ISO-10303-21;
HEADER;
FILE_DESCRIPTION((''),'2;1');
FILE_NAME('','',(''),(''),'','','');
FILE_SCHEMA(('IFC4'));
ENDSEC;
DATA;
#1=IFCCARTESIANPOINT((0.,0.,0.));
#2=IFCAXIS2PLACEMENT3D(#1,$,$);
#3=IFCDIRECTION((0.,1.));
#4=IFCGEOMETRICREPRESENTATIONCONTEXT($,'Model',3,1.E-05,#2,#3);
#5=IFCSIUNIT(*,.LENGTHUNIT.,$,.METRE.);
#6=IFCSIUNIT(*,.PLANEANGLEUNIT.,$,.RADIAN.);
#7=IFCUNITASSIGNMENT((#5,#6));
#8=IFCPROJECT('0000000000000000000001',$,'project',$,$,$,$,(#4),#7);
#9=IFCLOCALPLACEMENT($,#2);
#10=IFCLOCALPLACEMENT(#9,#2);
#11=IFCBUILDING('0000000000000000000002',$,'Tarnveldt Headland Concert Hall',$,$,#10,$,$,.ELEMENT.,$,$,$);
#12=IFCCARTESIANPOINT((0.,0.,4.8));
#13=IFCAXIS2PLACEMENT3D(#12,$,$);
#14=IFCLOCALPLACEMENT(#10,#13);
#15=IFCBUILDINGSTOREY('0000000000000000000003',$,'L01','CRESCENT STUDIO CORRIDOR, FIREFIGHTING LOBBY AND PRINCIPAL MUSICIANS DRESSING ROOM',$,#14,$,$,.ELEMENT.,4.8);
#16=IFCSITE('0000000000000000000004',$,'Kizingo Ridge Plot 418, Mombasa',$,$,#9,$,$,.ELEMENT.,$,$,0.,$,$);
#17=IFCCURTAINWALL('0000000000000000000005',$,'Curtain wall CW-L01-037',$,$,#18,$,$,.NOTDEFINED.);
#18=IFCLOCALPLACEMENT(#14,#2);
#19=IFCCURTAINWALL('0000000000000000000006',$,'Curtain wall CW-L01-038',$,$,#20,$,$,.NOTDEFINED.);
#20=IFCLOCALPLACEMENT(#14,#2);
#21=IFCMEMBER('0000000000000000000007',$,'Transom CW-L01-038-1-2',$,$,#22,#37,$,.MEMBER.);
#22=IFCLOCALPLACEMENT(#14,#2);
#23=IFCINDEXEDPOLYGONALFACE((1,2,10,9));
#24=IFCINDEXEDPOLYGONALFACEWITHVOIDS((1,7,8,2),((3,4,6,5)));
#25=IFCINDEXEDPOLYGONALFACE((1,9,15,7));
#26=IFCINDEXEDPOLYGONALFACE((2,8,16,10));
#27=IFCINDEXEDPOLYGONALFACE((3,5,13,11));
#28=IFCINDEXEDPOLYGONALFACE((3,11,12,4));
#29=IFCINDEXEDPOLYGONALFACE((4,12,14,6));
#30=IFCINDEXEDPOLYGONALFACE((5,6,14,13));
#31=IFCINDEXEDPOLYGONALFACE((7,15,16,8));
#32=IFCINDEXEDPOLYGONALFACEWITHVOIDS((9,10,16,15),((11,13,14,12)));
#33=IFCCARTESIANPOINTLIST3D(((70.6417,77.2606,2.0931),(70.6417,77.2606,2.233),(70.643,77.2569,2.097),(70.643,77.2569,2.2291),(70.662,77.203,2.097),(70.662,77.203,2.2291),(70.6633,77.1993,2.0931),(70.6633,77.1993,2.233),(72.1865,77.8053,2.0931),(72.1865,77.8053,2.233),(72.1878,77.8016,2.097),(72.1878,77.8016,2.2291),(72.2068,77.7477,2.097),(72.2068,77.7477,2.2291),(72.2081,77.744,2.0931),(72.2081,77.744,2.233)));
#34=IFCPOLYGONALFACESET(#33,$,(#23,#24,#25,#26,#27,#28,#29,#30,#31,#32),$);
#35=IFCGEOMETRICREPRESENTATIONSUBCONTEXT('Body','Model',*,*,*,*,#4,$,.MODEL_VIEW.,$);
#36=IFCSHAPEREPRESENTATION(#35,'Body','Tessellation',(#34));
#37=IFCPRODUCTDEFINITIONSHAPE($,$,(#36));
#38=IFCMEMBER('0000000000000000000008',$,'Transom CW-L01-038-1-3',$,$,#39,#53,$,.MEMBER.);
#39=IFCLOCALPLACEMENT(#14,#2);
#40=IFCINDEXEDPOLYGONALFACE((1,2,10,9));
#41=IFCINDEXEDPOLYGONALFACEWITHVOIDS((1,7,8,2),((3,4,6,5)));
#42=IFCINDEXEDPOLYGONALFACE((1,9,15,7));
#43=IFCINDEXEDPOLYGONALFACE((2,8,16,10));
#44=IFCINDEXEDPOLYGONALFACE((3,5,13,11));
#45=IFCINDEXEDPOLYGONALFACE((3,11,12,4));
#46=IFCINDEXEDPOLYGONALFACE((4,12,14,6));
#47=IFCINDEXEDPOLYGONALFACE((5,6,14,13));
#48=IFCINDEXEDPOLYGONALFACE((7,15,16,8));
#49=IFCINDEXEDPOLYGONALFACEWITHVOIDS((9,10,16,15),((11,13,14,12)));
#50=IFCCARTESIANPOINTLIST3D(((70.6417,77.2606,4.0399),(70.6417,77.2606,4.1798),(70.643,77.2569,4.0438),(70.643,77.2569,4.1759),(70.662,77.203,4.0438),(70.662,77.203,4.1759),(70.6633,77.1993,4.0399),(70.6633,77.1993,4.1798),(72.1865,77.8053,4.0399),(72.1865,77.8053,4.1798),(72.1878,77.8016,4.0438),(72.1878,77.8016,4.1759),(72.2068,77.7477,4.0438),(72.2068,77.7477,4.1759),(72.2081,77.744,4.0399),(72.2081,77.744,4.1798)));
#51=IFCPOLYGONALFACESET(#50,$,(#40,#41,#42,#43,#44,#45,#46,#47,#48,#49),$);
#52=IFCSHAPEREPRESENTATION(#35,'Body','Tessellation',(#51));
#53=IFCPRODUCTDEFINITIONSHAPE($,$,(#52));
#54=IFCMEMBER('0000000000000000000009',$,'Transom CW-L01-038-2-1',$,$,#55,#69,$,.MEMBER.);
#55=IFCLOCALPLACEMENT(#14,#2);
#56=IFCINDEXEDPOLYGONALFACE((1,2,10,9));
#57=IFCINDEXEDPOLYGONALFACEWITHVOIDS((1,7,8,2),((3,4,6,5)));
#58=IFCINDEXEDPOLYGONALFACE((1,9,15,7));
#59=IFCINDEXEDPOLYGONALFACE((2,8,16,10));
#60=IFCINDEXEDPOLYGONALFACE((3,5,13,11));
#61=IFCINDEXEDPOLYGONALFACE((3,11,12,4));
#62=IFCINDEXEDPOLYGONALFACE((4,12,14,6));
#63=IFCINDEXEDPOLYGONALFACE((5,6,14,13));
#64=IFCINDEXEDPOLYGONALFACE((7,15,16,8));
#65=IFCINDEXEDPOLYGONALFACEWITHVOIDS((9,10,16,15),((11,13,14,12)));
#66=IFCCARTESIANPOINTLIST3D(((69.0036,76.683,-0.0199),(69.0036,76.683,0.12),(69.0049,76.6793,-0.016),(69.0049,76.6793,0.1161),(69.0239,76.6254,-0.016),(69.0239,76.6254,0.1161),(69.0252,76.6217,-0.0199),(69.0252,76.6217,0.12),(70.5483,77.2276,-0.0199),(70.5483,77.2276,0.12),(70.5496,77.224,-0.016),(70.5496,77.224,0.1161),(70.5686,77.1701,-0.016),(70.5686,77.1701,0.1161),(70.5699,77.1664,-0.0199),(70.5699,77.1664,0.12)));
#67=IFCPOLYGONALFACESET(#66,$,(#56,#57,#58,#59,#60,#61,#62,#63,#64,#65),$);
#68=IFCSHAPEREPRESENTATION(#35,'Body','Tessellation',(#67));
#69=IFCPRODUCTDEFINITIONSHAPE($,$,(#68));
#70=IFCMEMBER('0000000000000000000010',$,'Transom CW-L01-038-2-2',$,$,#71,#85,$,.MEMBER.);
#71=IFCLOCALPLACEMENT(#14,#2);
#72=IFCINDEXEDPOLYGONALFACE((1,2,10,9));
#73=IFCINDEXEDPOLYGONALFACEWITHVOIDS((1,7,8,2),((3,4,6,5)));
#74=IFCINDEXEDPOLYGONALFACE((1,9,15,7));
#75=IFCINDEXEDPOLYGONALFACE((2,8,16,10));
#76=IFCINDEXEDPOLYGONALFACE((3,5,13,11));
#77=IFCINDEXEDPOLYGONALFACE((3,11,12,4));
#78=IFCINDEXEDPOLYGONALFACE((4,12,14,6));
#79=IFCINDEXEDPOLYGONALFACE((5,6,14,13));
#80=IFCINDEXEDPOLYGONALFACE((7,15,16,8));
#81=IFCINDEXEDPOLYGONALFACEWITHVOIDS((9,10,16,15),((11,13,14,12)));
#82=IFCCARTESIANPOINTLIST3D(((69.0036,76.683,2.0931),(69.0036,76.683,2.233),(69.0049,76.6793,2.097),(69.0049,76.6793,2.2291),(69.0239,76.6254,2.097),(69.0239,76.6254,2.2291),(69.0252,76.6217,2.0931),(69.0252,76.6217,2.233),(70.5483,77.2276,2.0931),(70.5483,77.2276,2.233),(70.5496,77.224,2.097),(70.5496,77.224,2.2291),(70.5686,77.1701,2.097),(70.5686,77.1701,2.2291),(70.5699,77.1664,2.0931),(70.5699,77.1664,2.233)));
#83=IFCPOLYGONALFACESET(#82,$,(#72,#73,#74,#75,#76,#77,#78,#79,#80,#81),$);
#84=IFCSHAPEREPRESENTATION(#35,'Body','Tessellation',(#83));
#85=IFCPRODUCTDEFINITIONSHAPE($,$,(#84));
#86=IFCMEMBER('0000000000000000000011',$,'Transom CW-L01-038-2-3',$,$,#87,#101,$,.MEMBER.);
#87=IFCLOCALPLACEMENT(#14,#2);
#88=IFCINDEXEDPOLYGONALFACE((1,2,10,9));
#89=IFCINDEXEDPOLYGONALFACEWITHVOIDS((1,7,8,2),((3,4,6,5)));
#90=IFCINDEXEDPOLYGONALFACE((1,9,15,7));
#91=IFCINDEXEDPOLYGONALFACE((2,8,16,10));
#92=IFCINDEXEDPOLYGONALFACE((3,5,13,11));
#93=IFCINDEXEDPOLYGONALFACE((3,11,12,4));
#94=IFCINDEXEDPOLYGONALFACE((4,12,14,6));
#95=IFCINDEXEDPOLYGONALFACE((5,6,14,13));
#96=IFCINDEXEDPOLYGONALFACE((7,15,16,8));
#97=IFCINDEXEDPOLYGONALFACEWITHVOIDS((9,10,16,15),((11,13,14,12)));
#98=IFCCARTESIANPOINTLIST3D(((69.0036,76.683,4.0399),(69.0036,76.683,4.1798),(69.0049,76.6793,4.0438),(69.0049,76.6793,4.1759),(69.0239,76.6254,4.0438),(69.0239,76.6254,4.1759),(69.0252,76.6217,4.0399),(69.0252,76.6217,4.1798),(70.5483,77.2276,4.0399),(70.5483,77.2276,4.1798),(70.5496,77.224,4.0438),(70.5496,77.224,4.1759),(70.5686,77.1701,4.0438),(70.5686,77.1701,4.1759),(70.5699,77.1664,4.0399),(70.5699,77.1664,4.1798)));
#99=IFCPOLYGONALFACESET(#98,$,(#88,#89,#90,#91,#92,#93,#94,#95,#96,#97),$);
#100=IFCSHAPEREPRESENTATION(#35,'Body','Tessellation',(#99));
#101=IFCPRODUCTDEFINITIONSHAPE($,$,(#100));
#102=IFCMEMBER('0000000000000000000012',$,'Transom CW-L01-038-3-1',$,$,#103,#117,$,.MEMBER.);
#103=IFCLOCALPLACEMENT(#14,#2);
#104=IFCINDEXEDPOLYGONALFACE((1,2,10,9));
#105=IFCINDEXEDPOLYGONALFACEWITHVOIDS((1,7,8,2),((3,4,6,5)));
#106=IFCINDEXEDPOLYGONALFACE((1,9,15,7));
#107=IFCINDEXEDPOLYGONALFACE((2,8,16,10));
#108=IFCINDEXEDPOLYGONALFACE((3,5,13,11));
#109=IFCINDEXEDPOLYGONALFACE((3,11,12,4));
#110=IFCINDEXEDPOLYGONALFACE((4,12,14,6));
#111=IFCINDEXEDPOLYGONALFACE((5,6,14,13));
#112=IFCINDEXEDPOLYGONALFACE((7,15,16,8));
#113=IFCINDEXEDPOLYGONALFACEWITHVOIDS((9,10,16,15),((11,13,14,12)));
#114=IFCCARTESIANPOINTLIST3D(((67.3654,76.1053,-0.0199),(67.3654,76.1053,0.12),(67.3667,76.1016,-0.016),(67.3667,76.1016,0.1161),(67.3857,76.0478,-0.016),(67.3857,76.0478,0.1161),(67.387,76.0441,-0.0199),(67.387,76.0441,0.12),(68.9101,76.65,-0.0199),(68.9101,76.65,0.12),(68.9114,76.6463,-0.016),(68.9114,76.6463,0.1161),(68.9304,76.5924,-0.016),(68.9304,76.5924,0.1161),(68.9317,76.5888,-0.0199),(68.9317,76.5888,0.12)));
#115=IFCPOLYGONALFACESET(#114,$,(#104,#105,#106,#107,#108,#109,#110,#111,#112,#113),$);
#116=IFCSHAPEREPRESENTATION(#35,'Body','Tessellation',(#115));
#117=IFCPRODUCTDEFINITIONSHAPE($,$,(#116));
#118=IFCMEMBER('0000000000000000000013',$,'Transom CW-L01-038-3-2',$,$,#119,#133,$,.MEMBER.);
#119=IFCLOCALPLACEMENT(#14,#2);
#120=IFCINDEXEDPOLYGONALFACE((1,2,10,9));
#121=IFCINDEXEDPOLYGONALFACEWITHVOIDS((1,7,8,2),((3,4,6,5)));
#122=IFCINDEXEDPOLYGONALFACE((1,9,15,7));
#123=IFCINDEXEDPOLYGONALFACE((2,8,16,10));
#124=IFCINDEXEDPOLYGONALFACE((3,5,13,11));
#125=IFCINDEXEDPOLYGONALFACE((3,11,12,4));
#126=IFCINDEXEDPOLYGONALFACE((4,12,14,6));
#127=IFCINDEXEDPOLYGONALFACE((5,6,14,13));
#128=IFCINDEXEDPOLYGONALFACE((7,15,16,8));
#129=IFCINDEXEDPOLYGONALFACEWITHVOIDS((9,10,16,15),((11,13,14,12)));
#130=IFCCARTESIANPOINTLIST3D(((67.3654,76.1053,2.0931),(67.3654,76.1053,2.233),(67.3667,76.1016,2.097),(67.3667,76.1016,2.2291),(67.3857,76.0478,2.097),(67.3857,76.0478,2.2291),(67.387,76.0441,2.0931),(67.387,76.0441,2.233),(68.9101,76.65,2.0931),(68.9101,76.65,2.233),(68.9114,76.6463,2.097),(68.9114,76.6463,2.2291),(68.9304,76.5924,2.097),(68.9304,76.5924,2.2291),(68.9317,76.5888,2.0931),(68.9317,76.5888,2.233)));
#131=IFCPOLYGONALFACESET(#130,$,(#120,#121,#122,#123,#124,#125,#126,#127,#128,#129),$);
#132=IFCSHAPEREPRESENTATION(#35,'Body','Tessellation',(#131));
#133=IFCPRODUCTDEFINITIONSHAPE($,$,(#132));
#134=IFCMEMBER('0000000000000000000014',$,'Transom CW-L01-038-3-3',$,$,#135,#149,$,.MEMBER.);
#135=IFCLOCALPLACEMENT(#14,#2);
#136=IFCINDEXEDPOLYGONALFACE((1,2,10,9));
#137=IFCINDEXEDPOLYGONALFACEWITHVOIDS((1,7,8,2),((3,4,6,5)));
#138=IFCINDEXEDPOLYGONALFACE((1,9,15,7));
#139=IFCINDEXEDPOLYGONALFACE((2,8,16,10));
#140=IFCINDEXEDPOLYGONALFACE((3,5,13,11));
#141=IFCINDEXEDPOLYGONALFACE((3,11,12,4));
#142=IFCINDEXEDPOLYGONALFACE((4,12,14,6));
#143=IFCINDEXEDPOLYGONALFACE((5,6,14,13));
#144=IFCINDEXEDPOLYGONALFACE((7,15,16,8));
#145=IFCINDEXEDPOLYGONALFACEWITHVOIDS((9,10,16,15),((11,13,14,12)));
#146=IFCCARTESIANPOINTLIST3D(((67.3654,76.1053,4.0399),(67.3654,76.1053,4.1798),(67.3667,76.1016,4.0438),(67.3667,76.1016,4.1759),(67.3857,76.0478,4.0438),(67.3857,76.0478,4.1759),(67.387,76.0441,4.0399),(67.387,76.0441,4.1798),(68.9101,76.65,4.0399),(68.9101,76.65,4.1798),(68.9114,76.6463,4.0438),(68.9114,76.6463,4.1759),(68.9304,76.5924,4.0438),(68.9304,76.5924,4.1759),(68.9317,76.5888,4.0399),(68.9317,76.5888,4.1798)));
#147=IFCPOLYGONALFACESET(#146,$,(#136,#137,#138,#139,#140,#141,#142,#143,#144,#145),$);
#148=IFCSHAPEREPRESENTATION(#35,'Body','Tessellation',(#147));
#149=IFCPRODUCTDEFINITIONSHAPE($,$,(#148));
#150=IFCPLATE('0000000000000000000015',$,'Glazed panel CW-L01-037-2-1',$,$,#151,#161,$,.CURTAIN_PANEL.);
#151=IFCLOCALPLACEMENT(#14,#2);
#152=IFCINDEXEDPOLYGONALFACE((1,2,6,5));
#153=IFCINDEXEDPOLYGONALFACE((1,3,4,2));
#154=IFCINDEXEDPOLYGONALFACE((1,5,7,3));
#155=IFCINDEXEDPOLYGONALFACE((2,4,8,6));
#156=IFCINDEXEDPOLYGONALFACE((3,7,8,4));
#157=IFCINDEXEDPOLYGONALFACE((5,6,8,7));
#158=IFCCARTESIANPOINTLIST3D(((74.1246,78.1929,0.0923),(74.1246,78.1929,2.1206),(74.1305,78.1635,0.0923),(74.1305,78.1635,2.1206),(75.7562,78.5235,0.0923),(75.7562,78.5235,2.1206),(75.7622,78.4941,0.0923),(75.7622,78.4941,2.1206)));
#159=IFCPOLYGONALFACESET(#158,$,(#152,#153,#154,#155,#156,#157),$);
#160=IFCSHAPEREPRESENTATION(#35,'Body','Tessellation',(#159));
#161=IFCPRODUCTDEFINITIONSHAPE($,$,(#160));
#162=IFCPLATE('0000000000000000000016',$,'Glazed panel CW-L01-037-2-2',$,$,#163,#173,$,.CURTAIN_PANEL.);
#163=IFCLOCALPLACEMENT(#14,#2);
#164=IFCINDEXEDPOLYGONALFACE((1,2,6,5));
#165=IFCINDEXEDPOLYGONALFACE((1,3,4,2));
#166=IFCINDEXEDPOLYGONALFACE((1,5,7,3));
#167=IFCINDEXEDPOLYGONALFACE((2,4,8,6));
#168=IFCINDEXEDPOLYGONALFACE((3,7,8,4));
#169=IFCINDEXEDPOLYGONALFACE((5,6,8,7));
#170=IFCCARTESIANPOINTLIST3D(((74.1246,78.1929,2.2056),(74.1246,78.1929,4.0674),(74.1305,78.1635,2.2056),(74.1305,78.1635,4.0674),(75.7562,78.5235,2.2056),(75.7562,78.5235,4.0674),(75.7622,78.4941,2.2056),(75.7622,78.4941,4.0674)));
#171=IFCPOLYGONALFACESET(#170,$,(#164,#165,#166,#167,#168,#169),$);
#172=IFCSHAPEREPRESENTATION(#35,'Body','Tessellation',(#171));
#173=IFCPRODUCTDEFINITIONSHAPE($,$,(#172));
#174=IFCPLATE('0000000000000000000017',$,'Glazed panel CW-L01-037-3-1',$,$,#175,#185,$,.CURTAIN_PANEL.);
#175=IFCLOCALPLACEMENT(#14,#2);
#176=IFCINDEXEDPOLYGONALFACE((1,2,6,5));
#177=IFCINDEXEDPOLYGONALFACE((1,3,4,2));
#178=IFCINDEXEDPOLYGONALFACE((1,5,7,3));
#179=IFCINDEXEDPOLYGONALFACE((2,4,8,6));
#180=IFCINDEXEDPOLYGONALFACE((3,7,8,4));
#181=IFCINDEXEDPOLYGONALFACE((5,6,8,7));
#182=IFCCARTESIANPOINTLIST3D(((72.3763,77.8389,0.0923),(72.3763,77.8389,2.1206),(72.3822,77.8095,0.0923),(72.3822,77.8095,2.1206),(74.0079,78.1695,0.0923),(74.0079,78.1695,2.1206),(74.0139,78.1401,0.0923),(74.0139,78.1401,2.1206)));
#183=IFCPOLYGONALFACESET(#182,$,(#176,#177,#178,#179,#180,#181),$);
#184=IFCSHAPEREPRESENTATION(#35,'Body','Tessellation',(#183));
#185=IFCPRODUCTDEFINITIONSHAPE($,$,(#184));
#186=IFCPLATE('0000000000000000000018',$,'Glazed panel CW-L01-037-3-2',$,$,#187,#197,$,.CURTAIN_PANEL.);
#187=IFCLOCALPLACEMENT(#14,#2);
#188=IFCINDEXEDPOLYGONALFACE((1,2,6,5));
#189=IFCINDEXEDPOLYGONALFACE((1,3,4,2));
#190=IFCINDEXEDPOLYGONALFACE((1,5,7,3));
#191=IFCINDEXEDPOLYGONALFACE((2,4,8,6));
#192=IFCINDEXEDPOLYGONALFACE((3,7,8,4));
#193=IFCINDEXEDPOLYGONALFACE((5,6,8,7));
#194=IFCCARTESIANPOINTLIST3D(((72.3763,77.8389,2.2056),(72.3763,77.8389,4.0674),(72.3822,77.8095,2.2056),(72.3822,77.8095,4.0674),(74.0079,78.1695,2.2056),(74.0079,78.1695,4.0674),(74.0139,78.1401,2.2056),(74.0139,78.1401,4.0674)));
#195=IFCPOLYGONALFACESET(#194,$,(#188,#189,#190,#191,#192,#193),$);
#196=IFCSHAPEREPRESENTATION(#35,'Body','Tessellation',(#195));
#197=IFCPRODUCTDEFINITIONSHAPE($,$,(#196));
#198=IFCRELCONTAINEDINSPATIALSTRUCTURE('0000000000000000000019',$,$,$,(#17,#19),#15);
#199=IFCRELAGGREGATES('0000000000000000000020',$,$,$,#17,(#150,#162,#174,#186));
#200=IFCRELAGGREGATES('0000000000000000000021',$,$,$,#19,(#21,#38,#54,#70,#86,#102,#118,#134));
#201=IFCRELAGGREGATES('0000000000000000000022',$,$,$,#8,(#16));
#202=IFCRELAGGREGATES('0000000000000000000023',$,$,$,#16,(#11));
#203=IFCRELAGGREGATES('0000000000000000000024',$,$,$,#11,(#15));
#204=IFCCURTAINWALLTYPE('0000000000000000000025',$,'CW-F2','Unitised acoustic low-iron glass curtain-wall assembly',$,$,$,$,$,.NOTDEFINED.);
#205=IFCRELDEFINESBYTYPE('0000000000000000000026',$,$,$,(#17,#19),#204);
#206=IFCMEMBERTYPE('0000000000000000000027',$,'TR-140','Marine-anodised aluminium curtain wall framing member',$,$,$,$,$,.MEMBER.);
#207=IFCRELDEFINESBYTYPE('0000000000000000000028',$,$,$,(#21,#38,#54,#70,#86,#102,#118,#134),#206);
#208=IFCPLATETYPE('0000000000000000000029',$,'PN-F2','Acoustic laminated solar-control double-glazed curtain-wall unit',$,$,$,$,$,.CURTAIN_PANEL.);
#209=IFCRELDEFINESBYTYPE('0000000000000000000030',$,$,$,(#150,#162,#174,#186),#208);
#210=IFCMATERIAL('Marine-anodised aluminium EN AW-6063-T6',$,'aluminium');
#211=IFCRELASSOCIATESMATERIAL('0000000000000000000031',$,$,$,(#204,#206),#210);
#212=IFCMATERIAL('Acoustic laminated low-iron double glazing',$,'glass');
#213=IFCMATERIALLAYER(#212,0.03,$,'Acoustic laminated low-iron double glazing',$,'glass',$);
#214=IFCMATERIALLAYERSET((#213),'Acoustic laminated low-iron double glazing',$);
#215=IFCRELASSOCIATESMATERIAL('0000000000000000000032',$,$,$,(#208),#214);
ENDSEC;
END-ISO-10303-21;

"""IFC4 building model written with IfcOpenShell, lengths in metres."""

from ifc_helpers import new_model, si_unit, direction, frame, origin, origin_2d, place, context, subcontext, project, spatial, rectangle, hollow_rectangle, extrude, material, layer, layer_set, material_profile, profile_set, type_object, element, aggregate, save


model = new_model("IFC4")

# Units and contexts
model_context = context("Model", 3, precision=1e-05, world=origin(), true_north=direction((0.0, 1.0)))
body_context = subcontext(model_context, "Body", "Model", "MODEL_VIEW")
ifc_project = project(units=[si_unit("LENGTHUNIT", "METRE"), si_unit("PLANEANGLEUNIT", "RADIAN")], contexts=[model_context])

# Site, building, storey
site_placement = place(None, origin())
site = spatial("IfcSite", under=ifc_project, at=site_placement, Name="Kizingo Ridge Plot 418, Mombasa", CompositionType="ELEMENT", RefElevation=0.0)
building_placement = place(site_placement, origin())
building = spatial("IfcBuilding", under=site, at=building_placement, Name="Tarnveldt Headland Concert Hall", CompositionType="ELEMENT")
storey_placement = place(building_placement, frame((0.0, 0.0, 4.8)))
storey = spatial("IfcBuildingStorey", under=building, at=storey_placement, Name="L01", Description="CRESCENT STUDIO CORRIDOR, FIREFIGHTING LOBBY AND PRINCIPAL MUSICIANS DRESSING ROOM", CompositionType="ELEMENT", Elevation=4.8)

# Curtain walls
ifc_material_1 = material(Name="Marine-anodised aluminium EN AW-6063-T6", Category="aluminium")
curtain_wall_type = type_object("IfcCurtainWallType", Name="CW-F2", Description="Unitised acoustic low-iron glass curtain-wall assembly", PredefinedType="NOTDEFINED", material=ifc_material_1)
curtain_wall_1_placement = place(storey_placement, origin())
curtain_wall_1 = element("IfcCurtainWall", 1, at=curtain_wall_1_placement, inside=storey, type_object=curtain_wall_type, Name="Curtain wall CW-L01-037", PredefinedType="NOTDEFINED")
curtain_wall_2_placement = place(storey_placement, origin())
curtain_wall_2 = element("IfcCurtainWall", 2, at=curtain_wall_2_placement, inside=storey, type_object=curtain_wall_type, Name="Curtain wall CW-L01-038", PredefinedType="NOTDEFINED")

# Members
ifc_material_profile_1 = material_profile(ifc_material_1, hollow_rectangle(XDim=0.0649, YDim=0.1399, WallThickness=0.0039, at=origin_2d()), Name="ALU TRANSOM 65x140x4", Category="aluminium")
ifc_profile_set_1 = profile_set([ifc_material_profile_1], Name="Marine-anodised aluminium EN AW-6063-T6")
member_type_1 = type_object("IfcMemberType", Name="TR-140", Description="Marine-anodised aluminium curtain wall framing member", PredefinedType="MEMBER", material=ifc_profile_set_1)
member_1_placement = place(storey_placement, frame((72.1973, 77.7747, 2.1631), z_axis=(-0.943087, -0.332547, 0.0), x_axis=(0.332547, -0.943087, 0.0)))
member_1 = element("IfcMember", 3, at=member_1_placement, type_object=member_type_1, Name="Transom CW-L01-038-1-2", PredefinedType="MEMBER", context=body_context, shape_type="SweptSolid", body=[
    extrude(hollow_rectangle(XDim=0.0649, YDim=0.1399, WallThickness=0.0039, at=origin_2d()), origin(), (0.0, 0.0, 1.0), 1.6379),
])
member_2_placement = place(storey_placement, frame((72.1973, 77.7747, 4.1099), z_axis=(-0.943087, -0.332547, 0.0), x_axis=(0.332547, -0.943087, 0.0)))
member_2 = element("IfcMember", 4, at=member_2_placement, type_object=member_type_1, Name="Transom CW-L01-038-1-3", PredefinedType="MEMBER", context=body_context, shape_type="SweptSolid", body=[
    extrude(hollow_rectangle(XDim=0.0649, YDim=0.1399, WallThickness=0.0039, at=origin_2d()), origin(), (0.0, 0.0, 1.0), 1.6379),
])
member_3_placement = place(storey_placement, frame((70.5591, 77.197, 0.05), z_axis=(-0.943087, -0.332547, 0.0), x_axis=(0.332547, -0.943087, 0.0)))
member_3 = element("IfcMember", 5, at=member_3_placement, type_object=member_type_1, Name="Transom CW-L01-038-2-1", PredefinedType="MEMBER", context=body_context, shape_type="SweptSolid", body=[
    extrude(hollow_rectangle(XDim=0.0649, YDim=0.1399, WallThickness=0.0039, at=origin_2d()), origin(), (0.0, 0.0, 1.0), 1.6379),
])
member_4_placement = place(storey_placement, frame((70.5591, 77.197, 2.1631), z_axis=(-0.943087, -0.332547, 0.0), x_axis=(0.332547, -0.943087, 0.0)))
member_4 = element("IfcMember", 6, at=member_4_placement, type_object=member_type_1, Name="Transom CW-L01-038-2-2", PredefinedType="MEMBER", context=body_context, shape_type="SweptSolid", body=[
    extrude(hollow_rectangle(XDim=0.0649, YDim=0.1399, WallThickness=0.0039, at=origin_2d()), origin(), (0.0, 0.0, 1.0), 1.6379),
])
member_5_placement = place(storey_placement, frame((70.5591, 77.197, 4.1099), z_axis=(-0.943087, -0.332547, 0.0), x_axis=(0.332547, -0.943087, 0.0)))
member_5 = element("IfcMember", 7, at=member_5_placement, type_object=member_type_1, Name="Transom CW-L01-038-2-3", PredefinedType="MEMBER", context=body_context, shape_type="SweptSolid", body=[
    extrude(hollow_rectangle(XDim=0.0649, YDim=0.1399, WallThickness=0.0039, at=origin_2d()), origin(), (0.0, 0.0, 1.0), 1.6379),
])
member_6_placement = place(storey_placement, frame((68.9209, 76.6194, 0.05), z_axis=(-0.943087, -0.332547, 0.0), x_axis=(0.332547, -0.943087, 0.0)))
member_6 = element("IfcMember", 8, at=member_6_placement, type_object=member_type_1, Name="Transom CW-L01-038-3-1", PredefinedType="MEMBER", context=body_context, shape_type="SweptSolid", body=[
    extrude(hollow_rectangle(XDim=0.0649, YDim=0.1399, WallThickness=0.0039, at=origin_2d()), origin(), (0.0, 0.0, 1.0), 1.6379),
])
member_7_placement = place(storey_placement, frame((68.9209, 76.6194, 2.1631), z_axis=(-0.943087, -0.332547, 0.0), x_axis=(0.332547, -0.943087, 0.0)))
member_7 = element("IfcMember", 9, at=member_7_placement, type_object=member_type_1, Name="Transom CW-L01-038-3-2", PredefinedType="MEMBER", context=body_context, shape_type="SweptSolid", body=[
    extrude(hollow_rectangle(XDim=0.0649, YDim=0.1399, WallThickness=0.0039, at=origin_2d()), origin(), (0.0, 0.0, 1.0), 1.6379),
])
member_8_placement = place(storey_placement, frame((68.9209, 76.6194, 4.1099), z_axis=(-0.943087, -0.332547, 0.0), x_axis=(0.332547, -0.943087, 0.0)))
member_8 = element("IfcMember", 10, at=member_8_placement, type_object=member_type_1, Name="Transom CW-L01-038-3-3", PredefinedType="MEMBER", context=body_context, shape_type="SweptSolid", body=[
    extrude(hollow_rectangle(XDim=0.0649, YDim=0.1399, WallThickness=0.0039, at=origin_2d()), origin(), (0.0, 0.0, 1.0), 1.6379),
])

# Plates
ifc_material_2 = material(Name="Acoustic laminated low-iron double glazing", Category="glass")
ifc_layer_1 = layer(ifc_material_2, 0.03, Name="Acoustic laminated low-iron double glazing", Category="glass")
ifc_layer_set_1 = layer_set([ifc_layer_1], Name="Acoustic laminated low-iron double glazing")
plate_type = type_object("IfcPlateType", Name="PN-F2", Description="Acoustic laminated solar-control double-glazed curtain-wall unit", PredefinedType="CURTAIN_PANEL", material=ifc_layer_set_1)
plate_1_placement = place(storey_placement, frame((74.9434, 78.3435, 0.0923), z_axis=(0.0, 0.0, 1.0), x_axis=(-0.980088, -0.198564, 0.0)))
plate_1 = element("IfcPlate", 11, at=plate_1_placement, type_object=plate_type, Name="Glazed panel CW-L01-037-2-1", PredefinedType="CURTAIN_PANEL", context=body_context, shape_type="SweptSolid", body=[
    extrude(rectangle(XDim=1.6648, YDim=0.03, at=origin_2d()), origin(), (0.0, 0.0, 1.0), 2.0283),
])
plate_2_placement = place(storey_placement, frame((74.9434, 78.3435, 2.2056), z_axis=(0.0, 0.0, 1.0), x_axis=(-0.980088, -0.198564, 0.0)))
plate_2 = element("IfcPlate", 12, at=plate_2_placement, type_object=plate_type, Name="Glazed panel CW-L01-037-2-2", PredefinedType="CURTAIN_PANEL", context=body_context, shape_type="SweptSolid", body=[
    extrude(rectangle(XDim=1.6648, YDim=0.03, at=origin_2d()), origin(), (0.0, 0.0, 1.0), 1.8618),
])
plate_3_placement = place(storey_placement, frame((73.1951, 77.9895, 0.0923), z_axis=(0.0, 0.0, 1.0), x_axis=(-0.980088, -0.198564, 0.0)))
plate_3 = element("IfcPlate", 13, at=plate_3_placement, type_object=plate_type, Name="Glazed panel CW-L01-037-3-1", PredefinedType="CURTAIN_PANEL", context=body_context, shape_type="SweptSolid", body=[
    extrude(rectangle(XDim=1.6648, YDim=0.03, at=origin_2d()), origin(), (0.0, 0.0, 1.0), 2.0283),
])
plate_4_placement = place(storey_placement, frame((73.1951, 77.9895, 2.2056), z_axis=(0.0, 0.0, 1.0), x_axis=(-0.980088, -0.198564, 0.0)))
plate_4 = element("IfcPlate", 14, at=plate_4_placement, type_object=plate_type, Name="Glazed panel CW-L01-037-3-2", PredefinedType="CURTAIN_PANEL", context=body_context, shape_type="SweptSolid", body=[
    extrude(rectangle(XDim=1.6648, YDim=0.03, at=origin_2d()), origin(), (0.0, 0.0, 1.0), 1.8618),
])
aggregate(curtain_wall_1, [plate_1, plate_2, plate_3, plate_4])
aggregate(curtain_wall_2, [member_1, member_2, member_3, member_4, member_5, member_6, member_7, member_8])

save(model, "model.ifc")
